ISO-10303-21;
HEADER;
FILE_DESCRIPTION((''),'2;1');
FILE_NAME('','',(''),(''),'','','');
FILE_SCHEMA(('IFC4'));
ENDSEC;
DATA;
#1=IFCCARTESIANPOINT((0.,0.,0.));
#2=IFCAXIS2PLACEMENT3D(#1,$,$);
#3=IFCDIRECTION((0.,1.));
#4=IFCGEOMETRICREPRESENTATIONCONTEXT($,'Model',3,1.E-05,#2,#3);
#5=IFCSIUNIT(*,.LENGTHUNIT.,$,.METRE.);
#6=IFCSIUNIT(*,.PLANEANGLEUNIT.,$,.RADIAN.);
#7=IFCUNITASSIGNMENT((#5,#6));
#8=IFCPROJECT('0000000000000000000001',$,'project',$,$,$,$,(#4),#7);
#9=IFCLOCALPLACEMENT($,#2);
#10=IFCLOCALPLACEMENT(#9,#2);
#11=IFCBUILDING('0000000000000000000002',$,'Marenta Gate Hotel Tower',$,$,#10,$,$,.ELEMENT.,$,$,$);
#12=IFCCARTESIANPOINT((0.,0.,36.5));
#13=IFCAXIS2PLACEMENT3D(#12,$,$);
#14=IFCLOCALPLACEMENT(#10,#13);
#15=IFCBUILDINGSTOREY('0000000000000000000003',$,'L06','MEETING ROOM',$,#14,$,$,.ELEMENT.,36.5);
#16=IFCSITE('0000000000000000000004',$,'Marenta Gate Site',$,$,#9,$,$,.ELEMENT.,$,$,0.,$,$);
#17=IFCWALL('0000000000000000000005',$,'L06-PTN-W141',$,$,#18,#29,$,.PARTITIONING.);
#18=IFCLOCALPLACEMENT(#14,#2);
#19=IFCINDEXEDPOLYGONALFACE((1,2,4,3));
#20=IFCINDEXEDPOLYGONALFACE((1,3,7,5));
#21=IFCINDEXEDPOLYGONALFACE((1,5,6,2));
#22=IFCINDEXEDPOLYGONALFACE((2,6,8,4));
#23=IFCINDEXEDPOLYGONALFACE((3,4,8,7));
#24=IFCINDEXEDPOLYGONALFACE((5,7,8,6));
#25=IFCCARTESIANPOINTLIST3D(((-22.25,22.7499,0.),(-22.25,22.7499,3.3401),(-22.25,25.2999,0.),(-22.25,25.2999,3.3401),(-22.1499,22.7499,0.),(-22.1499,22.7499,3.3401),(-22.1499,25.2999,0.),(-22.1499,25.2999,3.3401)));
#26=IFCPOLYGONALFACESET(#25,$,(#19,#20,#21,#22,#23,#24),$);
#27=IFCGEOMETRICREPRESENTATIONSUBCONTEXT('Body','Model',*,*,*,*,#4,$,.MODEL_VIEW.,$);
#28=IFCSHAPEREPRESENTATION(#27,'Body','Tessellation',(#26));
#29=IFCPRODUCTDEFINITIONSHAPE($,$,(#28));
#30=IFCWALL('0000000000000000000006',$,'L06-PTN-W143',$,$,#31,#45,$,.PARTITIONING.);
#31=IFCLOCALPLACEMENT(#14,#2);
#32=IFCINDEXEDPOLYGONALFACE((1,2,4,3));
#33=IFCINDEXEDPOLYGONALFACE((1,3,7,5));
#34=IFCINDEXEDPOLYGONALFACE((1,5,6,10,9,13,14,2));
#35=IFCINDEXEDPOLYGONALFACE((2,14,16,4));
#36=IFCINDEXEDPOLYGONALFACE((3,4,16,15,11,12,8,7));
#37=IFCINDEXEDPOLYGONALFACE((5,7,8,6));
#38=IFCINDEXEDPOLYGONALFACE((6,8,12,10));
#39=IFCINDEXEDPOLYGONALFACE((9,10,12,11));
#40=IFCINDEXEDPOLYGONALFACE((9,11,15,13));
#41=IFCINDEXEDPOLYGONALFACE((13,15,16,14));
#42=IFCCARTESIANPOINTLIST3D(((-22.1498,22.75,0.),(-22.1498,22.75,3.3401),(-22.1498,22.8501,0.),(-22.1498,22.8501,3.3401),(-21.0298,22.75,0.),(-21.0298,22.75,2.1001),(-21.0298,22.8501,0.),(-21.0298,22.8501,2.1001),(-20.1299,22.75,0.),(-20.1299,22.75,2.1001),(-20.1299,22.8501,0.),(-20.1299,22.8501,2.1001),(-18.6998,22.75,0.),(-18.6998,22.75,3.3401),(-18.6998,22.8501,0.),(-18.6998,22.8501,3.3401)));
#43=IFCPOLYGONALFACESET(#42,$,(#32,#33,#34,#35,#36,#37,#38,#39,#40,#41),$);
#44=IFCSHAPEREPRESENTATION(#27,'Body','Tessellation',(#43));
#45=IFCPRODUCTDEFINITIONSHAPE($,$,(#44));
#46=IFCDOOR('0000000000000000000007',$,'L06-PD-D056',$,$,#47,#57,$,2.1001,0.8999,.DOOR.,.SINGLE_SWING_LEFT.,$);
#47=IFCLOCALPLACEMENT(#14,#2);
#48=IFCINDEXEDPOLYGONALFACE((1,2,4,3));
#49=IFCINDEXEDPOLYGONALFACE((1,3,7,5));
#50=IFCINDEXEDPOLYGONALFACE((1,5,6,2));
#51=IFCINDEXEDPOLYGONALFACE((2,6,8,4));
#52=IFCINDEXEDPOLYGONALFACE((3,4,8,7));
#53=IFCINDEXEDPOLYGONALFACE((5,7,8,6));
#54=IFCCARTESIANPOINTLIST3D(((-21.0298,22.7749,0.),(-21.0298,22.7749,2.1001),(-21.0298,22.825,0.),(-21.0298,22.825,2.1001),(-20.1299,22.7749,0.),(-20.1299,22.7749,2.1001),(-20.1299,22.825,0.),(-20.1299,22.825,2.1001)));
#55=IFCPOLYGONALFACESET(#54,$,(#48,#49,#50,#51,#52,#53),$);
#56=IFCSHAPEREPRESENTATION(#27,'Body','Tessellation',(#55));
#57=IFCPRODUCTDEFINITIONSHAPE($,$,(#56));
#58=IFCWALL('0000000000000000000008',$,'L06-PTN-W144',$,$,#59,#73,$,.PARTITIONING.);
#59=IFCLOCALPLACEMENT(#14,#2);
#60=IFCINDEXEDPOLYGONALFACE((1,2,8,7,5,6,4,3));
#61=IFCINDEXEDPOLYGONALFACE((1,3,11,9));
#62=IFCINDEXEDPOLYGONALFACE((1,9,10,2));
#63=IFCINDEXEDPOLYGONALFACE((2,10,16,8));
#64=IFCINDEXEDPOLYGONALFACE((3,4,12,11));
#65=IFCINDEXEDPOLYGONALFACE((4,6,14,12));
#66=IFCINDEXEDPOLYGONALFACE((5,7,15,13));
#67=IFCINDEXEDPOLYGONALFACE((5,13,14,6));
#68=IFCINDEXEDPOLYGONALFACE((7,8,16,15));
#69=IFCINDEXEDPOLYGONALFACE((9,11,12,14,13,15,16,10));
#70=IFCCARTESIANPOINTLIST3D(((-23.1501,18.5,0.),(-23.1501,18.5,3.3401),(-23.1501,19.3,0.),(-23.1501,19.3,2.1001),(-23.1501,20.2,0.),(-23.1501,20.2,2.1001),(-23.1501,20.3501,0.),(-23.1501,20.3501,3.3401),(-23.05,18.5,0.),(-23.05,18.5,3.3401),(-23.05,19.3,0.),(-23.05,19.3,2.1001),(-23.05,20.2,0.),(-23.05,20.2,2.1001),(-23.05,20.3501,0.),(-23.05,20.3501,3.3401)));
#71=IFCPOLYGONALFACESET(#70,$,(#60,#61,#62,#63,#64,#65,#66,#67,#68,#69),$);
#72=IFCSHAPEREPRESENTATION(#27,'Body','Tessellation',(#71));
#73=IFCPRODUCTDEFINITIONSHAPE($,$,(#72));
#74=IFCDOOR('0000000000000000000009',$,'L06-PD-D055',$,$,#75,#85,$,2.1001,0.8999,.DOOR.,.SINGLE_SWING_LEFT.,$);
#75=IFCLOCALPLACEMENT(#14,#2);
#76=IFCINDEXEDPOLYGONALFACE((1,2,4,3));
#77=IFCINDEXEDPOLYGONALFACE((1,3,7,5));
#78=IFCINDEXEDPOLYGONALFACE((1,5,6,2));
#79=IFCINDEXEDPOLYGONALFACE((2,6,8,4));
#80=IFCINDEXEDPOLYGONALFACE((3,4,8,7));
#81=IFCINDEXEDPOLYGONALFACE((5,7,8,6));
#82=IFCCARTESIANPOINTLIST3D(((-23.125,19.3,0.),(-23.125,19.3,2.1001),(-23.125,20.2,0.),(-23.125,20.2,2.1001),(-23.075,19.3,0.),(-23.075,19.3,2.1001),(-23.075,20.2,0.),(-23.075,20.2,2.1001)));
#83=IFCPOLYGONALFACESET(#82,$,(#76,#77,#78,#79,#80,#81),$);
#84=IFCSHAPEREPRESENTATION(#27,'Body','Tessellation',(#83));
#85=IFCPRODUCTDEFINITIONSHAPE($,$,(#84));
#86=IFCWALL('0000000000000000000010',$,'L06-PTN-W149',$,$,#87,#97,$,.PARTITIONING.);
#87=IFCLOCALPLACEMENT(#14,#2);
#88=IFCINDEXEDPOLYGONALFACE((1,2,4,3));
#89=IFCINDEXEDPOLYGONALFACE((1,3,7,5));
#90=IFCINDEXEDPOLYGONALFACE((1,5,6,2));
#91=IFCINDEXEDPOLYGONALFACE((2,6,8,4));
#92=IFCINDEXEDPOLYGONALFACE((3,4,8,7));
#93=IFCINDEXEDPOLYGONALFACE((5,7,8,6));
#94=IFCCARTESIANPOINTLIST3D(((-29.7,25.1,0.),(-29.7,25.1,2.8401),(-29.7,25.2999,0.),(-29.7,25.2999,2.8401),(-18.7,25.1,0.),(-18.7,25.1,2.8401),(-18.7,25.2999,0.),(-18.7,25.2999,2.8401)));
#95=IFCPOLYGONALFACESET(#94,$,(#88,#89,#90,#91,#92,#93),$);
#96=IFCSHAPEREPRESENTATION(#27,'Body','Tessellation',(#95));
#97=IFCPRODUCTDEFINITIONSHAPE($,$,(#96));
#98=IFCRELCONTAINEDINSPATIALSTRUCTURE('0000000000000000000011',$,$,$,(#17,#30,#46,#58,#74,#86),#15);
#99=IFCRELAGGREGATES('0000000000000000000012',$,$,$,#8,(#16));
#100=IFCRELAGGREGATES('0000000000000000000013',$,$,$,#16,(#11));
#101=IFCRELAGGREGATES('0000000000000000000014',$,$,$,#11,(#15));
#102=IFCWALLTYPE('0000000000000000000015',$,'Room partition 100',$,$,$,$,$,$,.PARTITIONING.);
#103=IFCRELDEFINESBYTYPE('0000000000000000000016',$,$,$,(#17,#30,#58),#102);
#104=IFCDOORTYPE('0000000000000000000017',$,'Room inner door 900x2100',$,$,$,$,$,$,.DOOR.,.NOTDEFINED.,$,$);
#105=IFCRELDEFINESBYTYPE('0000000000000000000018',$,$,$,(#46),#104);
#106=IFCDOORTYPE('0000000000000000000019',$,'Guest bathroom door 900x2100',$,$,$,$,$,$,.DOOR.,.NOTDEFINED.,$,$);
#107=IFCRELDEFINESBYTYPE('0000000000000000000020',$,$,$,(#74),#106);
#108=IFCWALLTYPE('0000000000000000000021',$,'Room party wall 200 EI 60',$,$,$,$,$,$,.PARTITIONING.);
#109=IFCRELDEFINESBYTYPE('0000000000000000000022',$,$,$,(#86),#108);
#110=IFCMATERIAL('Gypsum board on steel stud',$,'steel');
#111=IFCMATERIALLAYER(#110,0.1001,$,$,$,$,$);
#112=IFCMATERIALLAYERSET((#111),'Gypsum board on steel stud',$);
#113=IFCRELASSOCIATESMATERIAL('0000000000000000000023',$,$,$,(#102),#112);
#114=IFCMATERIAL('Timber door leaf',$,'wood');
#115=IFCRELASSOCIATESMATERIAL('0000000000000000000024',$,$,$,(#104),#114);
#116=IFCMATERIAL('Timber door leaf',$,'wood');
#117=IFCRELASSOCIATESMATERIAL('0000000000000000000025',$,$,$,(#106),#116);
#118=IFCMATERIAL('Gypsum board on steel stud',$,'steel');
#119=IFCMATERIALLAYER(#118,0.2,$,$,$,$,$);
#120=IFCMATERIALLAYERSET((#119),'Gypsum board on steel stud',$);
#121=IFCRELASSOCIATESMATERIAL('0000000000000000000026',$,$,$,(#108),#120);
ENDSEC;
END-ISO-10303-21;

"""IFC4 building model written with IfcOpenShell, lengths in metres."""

from ifc_helpers import new_model, si_unit, direction, frame, frame_2d, origin, place, context, subcontext, project, spatial, rectangle, extrude, material, layer, layer_set, type_object, element, fill, save


model = new_model("IFC4")

# Units and contexts
model_context = context("Model", 3, precision=1e-05, world=origin(), true_north=direction((0.0, 1.0)))
body_context = subcontext(model_context, "Body", "Model", "MODEL_VIEW")
ifc_project = project(units=[si_unit("LENGTHUNIT", "METRE"), si_unit("PLANEANGLEUNIT", "RADIAN")], contexts=[model_context])

# Site, building, storey
site_placement = place(None, origin())
site = spatial("IfcSite", under=ifc_project, at=site_placement, Name="Marenta Gate Site", CompositionType="ELEMENT", RefElevation=0.0)
building_placement = place(site_placement, origin())
building = spatial("IfcBuilding", under=site, at=building_placement, Name="Marenta Gate Hotel Tower", CompositionType="ELEMENT")
storey_placement = place(building_placement, frame((0.0, 0.0, 36.5)))
storey = spatial("IfcBuildingStorey", under=building, at=storey_placement, Name="L06", Description="MEETING ROOM", CompositionType="ELEMENT", Elevation=36.5)

# Wall
ifc_material_1 = material(Name="Gypsum board on steel stud", Category="steel")
ifc_layer_1 = layer(ifc_material_1, 0.1001)
ifc_layer_set_1 = layer_set([ifc_layer_1], Name="Gypsum board on steel stud")
wall_type_1 = type_object("IfcWallType", Name="Room partition 100", PredefinedType="PARTITIONING", material=ifc_layer_set_1)
wall_1_placement = place(storey_placement, frame((-22.2, 22.75, 0.0), z_axis=(0.0, 0.0, 1.0), x_axis=(0.0, 1.0, 0.0)))
element("IfcWall", 1, at=wall_1_placement, inside=storey, type_object=wall_type_1, Name="L06-PTN-W141", PredefinedType="PARTITIONING", context=body_context, shape_type="SweptSolid", body=[
    extrude(rectangle(XDim=2.55, YDim=0.1001, at=frame_2d((1.2749, 0.0))), origin(), (0.0, 0.0, 1.0), 3.3401),
])

# Walls, openings, doors
wall_2_placement = place(storey_placement, frame((-22.1499, 22.8, 0.0), z_axis=(0.0, 0.0, 1.0), x_axis=(1.0, 0.0, 0.0)))
wall_2 = element("IfcWall", 2, at=wall_2_placement, inside=storey, type_object=wall_type_1, Name="L06-PTN-W143", PredefinedType="PARTITIONING", context=body_context, shape_type="SweptSolid", body=[
    extrude(rectangle(XDim=3.45, YDim=0.1001, at=frame_2d((1.7251, 0.0))), origin(), (0.0, 0.0, 1.0), 3.3401),
])
opening_1_placement = place(wall_2_placement, frame((1.1201, 0.0, 0.0)))
opening_1 = element("IfcOpeningElement", 3, at=opening_1_placement, cuts=wall_2, PredefinedType="OPENING", context=body_context, shape_type="SweptSolid", body=[
    extrude(rectangle(XDim=0.8999, YDim=2.1001, at=frame_2d((0.45, 1.05))), frame((0.0, 0.05, 0.0), z_axis=(0.0, -1.0, 0.0), x_axis=(1.0, 0.0, 0.0)), (0.0, 0.0, 1.0), 0.1001),
])
ifc_material_2 = material(Name="Timber door leaf", Category="wood")
door_type_1 = type_object("IfcDoorType", Name="Room inner door 900x2100", OperationType="NOTDEFINED", PredefinedType="DOOR", material=ifc_material_2)
door_1_placement = place(opening_1_placement, origin())
door_1 = element("IfcDoor", 4, at=door_1_placement, inside=storey, type_object=door_type_1, Name="L06-PD-D056", OperationType="SINGLE_SWING_LEFT", OverallHeight=2.1001, OverallWidth=0.8999, PredefinedType="DOOR", context=body_context, shape_type="SweptSolid", body=[
    extrude(rectangle(XDim=0.8999, YDim=2.1001, at=frame_2d((0.45, 1.05))), frame((0.0, 0.0249, 0.0), z_axis=(0.0, -1.0, 0.0), x_axis=(1.0, 0.0, 0.0)), (0.0, 0.0, 1.0), 0.05),
])
fill(opening_1, door_1)
wall_3_placement = place(storey_placement, frame((-23.1001, 18.5, 0.0), z_axis=(0.0, 0.0, 1.0), x_axis=(0.0, 1.0, 0.0)))
wall_3 = element("IfcWall", 5, at=wall_3_placement, inside=storey, type_object=wall_type_1, Name="L06-PTN-W144", PredefinedType="PARTITIONING", context=body_context, shape_type="SweptSolid", body=[
    extrude(rectangle(XDim=1.8501, YDim=0.1001, at=frame_2d((0.925, 0.0))), origin(), (0.0, 0.0, 1.0), 3.3401),
])
opening_2_placement = place(wall_3_placement, frame((0.8, 0.0, 0.0)))
opening_2 = element("IfcOpeningElement", 6, at=opening_2_placement, cuts=wall_3, PredefinedType="OPENING", context=body_context, shape_type="SweptSolid", body=[
    extrude(rectangle(XDim=0.8999, YDim=2.1001, at=frame_2d((0.45, 1.05))), frame((0.0, 0.05, 0.0), z_axis=(0.0, -1.0, 0.0), x_axis=(1.0, 0.0, 0.0)), (0.0, 0.0, 1.0), 0.1001),
])
ifc_material_3 = material(Name="Timber door leaf", Category="wood")
door_type_2 = type_object("IfcDoorType", Name="Guest bathroom door 900x2100", OperationType="NOTDEFINED", PredefinedType="DOOR", material=ifc_material_3)
door_2_placement = place(opening_2_placement, origin())
door_2 = element("IfcDoor", 7, at=door_2_placement, inside=storey, type_object=door_type_2, Name="L06-PD-D055", OperationType="SINGLE_SWING_LEFT", OverallHeight=2.1001, OverallWidth=0.8999, PredefinedType="DOOR", context=body_context, shape_type="SweptSolid", body=[
    extrude(rectangle(XDim=0.8999, YDim=2.1001, at=frame_2d((0.45, 1.05))), frame((0.0, 0.0249, 0.0), z_axis=(0.0, -1.0, 0.0), x_axis=(1.0, 0.0, 0.0)), (0.0, 0.0, 1.0), 0.05),
])
fill(opening_2, door_2)

# Wall
ifc_material_4 = material(Name="Gypsum board on steel stud", Category="steel")
ifc_layer_2 = layer(ifc_material_4, 0.2)
ifc_layer_set_2 = layer_set([ifc_layer_2], Name="Gypsum board on steel stud")
wall_type_2 = type_object("IfcWallType", Name="Room party wall 200 EI 60", PredefinedType="PARTITIONING", material=ifc_layer_set_2)
wall_4_placement = place(storey_placement, frame((-29.7, 25.2, 0.0), z_axis=(0.0, 0.0, 1.0), x_axis=(1.0, 0.0, 0.0)))
element("IfcWall", 8, at=wall_4_placement, inside=storey, type_object=wall_type_2, Name="L06-PTN-W149", PredefinedType="PARTITIONING", context=body_context, shape_type="SweptSolid", body=[
    extrude(rectangle(XDim=11.0, YDim=0.2, at=frame_2d((5.5, 0.0))), origin(), (0.0, 0.0, 1.0), 2.8401),
])

save(model, "model.ifc")
